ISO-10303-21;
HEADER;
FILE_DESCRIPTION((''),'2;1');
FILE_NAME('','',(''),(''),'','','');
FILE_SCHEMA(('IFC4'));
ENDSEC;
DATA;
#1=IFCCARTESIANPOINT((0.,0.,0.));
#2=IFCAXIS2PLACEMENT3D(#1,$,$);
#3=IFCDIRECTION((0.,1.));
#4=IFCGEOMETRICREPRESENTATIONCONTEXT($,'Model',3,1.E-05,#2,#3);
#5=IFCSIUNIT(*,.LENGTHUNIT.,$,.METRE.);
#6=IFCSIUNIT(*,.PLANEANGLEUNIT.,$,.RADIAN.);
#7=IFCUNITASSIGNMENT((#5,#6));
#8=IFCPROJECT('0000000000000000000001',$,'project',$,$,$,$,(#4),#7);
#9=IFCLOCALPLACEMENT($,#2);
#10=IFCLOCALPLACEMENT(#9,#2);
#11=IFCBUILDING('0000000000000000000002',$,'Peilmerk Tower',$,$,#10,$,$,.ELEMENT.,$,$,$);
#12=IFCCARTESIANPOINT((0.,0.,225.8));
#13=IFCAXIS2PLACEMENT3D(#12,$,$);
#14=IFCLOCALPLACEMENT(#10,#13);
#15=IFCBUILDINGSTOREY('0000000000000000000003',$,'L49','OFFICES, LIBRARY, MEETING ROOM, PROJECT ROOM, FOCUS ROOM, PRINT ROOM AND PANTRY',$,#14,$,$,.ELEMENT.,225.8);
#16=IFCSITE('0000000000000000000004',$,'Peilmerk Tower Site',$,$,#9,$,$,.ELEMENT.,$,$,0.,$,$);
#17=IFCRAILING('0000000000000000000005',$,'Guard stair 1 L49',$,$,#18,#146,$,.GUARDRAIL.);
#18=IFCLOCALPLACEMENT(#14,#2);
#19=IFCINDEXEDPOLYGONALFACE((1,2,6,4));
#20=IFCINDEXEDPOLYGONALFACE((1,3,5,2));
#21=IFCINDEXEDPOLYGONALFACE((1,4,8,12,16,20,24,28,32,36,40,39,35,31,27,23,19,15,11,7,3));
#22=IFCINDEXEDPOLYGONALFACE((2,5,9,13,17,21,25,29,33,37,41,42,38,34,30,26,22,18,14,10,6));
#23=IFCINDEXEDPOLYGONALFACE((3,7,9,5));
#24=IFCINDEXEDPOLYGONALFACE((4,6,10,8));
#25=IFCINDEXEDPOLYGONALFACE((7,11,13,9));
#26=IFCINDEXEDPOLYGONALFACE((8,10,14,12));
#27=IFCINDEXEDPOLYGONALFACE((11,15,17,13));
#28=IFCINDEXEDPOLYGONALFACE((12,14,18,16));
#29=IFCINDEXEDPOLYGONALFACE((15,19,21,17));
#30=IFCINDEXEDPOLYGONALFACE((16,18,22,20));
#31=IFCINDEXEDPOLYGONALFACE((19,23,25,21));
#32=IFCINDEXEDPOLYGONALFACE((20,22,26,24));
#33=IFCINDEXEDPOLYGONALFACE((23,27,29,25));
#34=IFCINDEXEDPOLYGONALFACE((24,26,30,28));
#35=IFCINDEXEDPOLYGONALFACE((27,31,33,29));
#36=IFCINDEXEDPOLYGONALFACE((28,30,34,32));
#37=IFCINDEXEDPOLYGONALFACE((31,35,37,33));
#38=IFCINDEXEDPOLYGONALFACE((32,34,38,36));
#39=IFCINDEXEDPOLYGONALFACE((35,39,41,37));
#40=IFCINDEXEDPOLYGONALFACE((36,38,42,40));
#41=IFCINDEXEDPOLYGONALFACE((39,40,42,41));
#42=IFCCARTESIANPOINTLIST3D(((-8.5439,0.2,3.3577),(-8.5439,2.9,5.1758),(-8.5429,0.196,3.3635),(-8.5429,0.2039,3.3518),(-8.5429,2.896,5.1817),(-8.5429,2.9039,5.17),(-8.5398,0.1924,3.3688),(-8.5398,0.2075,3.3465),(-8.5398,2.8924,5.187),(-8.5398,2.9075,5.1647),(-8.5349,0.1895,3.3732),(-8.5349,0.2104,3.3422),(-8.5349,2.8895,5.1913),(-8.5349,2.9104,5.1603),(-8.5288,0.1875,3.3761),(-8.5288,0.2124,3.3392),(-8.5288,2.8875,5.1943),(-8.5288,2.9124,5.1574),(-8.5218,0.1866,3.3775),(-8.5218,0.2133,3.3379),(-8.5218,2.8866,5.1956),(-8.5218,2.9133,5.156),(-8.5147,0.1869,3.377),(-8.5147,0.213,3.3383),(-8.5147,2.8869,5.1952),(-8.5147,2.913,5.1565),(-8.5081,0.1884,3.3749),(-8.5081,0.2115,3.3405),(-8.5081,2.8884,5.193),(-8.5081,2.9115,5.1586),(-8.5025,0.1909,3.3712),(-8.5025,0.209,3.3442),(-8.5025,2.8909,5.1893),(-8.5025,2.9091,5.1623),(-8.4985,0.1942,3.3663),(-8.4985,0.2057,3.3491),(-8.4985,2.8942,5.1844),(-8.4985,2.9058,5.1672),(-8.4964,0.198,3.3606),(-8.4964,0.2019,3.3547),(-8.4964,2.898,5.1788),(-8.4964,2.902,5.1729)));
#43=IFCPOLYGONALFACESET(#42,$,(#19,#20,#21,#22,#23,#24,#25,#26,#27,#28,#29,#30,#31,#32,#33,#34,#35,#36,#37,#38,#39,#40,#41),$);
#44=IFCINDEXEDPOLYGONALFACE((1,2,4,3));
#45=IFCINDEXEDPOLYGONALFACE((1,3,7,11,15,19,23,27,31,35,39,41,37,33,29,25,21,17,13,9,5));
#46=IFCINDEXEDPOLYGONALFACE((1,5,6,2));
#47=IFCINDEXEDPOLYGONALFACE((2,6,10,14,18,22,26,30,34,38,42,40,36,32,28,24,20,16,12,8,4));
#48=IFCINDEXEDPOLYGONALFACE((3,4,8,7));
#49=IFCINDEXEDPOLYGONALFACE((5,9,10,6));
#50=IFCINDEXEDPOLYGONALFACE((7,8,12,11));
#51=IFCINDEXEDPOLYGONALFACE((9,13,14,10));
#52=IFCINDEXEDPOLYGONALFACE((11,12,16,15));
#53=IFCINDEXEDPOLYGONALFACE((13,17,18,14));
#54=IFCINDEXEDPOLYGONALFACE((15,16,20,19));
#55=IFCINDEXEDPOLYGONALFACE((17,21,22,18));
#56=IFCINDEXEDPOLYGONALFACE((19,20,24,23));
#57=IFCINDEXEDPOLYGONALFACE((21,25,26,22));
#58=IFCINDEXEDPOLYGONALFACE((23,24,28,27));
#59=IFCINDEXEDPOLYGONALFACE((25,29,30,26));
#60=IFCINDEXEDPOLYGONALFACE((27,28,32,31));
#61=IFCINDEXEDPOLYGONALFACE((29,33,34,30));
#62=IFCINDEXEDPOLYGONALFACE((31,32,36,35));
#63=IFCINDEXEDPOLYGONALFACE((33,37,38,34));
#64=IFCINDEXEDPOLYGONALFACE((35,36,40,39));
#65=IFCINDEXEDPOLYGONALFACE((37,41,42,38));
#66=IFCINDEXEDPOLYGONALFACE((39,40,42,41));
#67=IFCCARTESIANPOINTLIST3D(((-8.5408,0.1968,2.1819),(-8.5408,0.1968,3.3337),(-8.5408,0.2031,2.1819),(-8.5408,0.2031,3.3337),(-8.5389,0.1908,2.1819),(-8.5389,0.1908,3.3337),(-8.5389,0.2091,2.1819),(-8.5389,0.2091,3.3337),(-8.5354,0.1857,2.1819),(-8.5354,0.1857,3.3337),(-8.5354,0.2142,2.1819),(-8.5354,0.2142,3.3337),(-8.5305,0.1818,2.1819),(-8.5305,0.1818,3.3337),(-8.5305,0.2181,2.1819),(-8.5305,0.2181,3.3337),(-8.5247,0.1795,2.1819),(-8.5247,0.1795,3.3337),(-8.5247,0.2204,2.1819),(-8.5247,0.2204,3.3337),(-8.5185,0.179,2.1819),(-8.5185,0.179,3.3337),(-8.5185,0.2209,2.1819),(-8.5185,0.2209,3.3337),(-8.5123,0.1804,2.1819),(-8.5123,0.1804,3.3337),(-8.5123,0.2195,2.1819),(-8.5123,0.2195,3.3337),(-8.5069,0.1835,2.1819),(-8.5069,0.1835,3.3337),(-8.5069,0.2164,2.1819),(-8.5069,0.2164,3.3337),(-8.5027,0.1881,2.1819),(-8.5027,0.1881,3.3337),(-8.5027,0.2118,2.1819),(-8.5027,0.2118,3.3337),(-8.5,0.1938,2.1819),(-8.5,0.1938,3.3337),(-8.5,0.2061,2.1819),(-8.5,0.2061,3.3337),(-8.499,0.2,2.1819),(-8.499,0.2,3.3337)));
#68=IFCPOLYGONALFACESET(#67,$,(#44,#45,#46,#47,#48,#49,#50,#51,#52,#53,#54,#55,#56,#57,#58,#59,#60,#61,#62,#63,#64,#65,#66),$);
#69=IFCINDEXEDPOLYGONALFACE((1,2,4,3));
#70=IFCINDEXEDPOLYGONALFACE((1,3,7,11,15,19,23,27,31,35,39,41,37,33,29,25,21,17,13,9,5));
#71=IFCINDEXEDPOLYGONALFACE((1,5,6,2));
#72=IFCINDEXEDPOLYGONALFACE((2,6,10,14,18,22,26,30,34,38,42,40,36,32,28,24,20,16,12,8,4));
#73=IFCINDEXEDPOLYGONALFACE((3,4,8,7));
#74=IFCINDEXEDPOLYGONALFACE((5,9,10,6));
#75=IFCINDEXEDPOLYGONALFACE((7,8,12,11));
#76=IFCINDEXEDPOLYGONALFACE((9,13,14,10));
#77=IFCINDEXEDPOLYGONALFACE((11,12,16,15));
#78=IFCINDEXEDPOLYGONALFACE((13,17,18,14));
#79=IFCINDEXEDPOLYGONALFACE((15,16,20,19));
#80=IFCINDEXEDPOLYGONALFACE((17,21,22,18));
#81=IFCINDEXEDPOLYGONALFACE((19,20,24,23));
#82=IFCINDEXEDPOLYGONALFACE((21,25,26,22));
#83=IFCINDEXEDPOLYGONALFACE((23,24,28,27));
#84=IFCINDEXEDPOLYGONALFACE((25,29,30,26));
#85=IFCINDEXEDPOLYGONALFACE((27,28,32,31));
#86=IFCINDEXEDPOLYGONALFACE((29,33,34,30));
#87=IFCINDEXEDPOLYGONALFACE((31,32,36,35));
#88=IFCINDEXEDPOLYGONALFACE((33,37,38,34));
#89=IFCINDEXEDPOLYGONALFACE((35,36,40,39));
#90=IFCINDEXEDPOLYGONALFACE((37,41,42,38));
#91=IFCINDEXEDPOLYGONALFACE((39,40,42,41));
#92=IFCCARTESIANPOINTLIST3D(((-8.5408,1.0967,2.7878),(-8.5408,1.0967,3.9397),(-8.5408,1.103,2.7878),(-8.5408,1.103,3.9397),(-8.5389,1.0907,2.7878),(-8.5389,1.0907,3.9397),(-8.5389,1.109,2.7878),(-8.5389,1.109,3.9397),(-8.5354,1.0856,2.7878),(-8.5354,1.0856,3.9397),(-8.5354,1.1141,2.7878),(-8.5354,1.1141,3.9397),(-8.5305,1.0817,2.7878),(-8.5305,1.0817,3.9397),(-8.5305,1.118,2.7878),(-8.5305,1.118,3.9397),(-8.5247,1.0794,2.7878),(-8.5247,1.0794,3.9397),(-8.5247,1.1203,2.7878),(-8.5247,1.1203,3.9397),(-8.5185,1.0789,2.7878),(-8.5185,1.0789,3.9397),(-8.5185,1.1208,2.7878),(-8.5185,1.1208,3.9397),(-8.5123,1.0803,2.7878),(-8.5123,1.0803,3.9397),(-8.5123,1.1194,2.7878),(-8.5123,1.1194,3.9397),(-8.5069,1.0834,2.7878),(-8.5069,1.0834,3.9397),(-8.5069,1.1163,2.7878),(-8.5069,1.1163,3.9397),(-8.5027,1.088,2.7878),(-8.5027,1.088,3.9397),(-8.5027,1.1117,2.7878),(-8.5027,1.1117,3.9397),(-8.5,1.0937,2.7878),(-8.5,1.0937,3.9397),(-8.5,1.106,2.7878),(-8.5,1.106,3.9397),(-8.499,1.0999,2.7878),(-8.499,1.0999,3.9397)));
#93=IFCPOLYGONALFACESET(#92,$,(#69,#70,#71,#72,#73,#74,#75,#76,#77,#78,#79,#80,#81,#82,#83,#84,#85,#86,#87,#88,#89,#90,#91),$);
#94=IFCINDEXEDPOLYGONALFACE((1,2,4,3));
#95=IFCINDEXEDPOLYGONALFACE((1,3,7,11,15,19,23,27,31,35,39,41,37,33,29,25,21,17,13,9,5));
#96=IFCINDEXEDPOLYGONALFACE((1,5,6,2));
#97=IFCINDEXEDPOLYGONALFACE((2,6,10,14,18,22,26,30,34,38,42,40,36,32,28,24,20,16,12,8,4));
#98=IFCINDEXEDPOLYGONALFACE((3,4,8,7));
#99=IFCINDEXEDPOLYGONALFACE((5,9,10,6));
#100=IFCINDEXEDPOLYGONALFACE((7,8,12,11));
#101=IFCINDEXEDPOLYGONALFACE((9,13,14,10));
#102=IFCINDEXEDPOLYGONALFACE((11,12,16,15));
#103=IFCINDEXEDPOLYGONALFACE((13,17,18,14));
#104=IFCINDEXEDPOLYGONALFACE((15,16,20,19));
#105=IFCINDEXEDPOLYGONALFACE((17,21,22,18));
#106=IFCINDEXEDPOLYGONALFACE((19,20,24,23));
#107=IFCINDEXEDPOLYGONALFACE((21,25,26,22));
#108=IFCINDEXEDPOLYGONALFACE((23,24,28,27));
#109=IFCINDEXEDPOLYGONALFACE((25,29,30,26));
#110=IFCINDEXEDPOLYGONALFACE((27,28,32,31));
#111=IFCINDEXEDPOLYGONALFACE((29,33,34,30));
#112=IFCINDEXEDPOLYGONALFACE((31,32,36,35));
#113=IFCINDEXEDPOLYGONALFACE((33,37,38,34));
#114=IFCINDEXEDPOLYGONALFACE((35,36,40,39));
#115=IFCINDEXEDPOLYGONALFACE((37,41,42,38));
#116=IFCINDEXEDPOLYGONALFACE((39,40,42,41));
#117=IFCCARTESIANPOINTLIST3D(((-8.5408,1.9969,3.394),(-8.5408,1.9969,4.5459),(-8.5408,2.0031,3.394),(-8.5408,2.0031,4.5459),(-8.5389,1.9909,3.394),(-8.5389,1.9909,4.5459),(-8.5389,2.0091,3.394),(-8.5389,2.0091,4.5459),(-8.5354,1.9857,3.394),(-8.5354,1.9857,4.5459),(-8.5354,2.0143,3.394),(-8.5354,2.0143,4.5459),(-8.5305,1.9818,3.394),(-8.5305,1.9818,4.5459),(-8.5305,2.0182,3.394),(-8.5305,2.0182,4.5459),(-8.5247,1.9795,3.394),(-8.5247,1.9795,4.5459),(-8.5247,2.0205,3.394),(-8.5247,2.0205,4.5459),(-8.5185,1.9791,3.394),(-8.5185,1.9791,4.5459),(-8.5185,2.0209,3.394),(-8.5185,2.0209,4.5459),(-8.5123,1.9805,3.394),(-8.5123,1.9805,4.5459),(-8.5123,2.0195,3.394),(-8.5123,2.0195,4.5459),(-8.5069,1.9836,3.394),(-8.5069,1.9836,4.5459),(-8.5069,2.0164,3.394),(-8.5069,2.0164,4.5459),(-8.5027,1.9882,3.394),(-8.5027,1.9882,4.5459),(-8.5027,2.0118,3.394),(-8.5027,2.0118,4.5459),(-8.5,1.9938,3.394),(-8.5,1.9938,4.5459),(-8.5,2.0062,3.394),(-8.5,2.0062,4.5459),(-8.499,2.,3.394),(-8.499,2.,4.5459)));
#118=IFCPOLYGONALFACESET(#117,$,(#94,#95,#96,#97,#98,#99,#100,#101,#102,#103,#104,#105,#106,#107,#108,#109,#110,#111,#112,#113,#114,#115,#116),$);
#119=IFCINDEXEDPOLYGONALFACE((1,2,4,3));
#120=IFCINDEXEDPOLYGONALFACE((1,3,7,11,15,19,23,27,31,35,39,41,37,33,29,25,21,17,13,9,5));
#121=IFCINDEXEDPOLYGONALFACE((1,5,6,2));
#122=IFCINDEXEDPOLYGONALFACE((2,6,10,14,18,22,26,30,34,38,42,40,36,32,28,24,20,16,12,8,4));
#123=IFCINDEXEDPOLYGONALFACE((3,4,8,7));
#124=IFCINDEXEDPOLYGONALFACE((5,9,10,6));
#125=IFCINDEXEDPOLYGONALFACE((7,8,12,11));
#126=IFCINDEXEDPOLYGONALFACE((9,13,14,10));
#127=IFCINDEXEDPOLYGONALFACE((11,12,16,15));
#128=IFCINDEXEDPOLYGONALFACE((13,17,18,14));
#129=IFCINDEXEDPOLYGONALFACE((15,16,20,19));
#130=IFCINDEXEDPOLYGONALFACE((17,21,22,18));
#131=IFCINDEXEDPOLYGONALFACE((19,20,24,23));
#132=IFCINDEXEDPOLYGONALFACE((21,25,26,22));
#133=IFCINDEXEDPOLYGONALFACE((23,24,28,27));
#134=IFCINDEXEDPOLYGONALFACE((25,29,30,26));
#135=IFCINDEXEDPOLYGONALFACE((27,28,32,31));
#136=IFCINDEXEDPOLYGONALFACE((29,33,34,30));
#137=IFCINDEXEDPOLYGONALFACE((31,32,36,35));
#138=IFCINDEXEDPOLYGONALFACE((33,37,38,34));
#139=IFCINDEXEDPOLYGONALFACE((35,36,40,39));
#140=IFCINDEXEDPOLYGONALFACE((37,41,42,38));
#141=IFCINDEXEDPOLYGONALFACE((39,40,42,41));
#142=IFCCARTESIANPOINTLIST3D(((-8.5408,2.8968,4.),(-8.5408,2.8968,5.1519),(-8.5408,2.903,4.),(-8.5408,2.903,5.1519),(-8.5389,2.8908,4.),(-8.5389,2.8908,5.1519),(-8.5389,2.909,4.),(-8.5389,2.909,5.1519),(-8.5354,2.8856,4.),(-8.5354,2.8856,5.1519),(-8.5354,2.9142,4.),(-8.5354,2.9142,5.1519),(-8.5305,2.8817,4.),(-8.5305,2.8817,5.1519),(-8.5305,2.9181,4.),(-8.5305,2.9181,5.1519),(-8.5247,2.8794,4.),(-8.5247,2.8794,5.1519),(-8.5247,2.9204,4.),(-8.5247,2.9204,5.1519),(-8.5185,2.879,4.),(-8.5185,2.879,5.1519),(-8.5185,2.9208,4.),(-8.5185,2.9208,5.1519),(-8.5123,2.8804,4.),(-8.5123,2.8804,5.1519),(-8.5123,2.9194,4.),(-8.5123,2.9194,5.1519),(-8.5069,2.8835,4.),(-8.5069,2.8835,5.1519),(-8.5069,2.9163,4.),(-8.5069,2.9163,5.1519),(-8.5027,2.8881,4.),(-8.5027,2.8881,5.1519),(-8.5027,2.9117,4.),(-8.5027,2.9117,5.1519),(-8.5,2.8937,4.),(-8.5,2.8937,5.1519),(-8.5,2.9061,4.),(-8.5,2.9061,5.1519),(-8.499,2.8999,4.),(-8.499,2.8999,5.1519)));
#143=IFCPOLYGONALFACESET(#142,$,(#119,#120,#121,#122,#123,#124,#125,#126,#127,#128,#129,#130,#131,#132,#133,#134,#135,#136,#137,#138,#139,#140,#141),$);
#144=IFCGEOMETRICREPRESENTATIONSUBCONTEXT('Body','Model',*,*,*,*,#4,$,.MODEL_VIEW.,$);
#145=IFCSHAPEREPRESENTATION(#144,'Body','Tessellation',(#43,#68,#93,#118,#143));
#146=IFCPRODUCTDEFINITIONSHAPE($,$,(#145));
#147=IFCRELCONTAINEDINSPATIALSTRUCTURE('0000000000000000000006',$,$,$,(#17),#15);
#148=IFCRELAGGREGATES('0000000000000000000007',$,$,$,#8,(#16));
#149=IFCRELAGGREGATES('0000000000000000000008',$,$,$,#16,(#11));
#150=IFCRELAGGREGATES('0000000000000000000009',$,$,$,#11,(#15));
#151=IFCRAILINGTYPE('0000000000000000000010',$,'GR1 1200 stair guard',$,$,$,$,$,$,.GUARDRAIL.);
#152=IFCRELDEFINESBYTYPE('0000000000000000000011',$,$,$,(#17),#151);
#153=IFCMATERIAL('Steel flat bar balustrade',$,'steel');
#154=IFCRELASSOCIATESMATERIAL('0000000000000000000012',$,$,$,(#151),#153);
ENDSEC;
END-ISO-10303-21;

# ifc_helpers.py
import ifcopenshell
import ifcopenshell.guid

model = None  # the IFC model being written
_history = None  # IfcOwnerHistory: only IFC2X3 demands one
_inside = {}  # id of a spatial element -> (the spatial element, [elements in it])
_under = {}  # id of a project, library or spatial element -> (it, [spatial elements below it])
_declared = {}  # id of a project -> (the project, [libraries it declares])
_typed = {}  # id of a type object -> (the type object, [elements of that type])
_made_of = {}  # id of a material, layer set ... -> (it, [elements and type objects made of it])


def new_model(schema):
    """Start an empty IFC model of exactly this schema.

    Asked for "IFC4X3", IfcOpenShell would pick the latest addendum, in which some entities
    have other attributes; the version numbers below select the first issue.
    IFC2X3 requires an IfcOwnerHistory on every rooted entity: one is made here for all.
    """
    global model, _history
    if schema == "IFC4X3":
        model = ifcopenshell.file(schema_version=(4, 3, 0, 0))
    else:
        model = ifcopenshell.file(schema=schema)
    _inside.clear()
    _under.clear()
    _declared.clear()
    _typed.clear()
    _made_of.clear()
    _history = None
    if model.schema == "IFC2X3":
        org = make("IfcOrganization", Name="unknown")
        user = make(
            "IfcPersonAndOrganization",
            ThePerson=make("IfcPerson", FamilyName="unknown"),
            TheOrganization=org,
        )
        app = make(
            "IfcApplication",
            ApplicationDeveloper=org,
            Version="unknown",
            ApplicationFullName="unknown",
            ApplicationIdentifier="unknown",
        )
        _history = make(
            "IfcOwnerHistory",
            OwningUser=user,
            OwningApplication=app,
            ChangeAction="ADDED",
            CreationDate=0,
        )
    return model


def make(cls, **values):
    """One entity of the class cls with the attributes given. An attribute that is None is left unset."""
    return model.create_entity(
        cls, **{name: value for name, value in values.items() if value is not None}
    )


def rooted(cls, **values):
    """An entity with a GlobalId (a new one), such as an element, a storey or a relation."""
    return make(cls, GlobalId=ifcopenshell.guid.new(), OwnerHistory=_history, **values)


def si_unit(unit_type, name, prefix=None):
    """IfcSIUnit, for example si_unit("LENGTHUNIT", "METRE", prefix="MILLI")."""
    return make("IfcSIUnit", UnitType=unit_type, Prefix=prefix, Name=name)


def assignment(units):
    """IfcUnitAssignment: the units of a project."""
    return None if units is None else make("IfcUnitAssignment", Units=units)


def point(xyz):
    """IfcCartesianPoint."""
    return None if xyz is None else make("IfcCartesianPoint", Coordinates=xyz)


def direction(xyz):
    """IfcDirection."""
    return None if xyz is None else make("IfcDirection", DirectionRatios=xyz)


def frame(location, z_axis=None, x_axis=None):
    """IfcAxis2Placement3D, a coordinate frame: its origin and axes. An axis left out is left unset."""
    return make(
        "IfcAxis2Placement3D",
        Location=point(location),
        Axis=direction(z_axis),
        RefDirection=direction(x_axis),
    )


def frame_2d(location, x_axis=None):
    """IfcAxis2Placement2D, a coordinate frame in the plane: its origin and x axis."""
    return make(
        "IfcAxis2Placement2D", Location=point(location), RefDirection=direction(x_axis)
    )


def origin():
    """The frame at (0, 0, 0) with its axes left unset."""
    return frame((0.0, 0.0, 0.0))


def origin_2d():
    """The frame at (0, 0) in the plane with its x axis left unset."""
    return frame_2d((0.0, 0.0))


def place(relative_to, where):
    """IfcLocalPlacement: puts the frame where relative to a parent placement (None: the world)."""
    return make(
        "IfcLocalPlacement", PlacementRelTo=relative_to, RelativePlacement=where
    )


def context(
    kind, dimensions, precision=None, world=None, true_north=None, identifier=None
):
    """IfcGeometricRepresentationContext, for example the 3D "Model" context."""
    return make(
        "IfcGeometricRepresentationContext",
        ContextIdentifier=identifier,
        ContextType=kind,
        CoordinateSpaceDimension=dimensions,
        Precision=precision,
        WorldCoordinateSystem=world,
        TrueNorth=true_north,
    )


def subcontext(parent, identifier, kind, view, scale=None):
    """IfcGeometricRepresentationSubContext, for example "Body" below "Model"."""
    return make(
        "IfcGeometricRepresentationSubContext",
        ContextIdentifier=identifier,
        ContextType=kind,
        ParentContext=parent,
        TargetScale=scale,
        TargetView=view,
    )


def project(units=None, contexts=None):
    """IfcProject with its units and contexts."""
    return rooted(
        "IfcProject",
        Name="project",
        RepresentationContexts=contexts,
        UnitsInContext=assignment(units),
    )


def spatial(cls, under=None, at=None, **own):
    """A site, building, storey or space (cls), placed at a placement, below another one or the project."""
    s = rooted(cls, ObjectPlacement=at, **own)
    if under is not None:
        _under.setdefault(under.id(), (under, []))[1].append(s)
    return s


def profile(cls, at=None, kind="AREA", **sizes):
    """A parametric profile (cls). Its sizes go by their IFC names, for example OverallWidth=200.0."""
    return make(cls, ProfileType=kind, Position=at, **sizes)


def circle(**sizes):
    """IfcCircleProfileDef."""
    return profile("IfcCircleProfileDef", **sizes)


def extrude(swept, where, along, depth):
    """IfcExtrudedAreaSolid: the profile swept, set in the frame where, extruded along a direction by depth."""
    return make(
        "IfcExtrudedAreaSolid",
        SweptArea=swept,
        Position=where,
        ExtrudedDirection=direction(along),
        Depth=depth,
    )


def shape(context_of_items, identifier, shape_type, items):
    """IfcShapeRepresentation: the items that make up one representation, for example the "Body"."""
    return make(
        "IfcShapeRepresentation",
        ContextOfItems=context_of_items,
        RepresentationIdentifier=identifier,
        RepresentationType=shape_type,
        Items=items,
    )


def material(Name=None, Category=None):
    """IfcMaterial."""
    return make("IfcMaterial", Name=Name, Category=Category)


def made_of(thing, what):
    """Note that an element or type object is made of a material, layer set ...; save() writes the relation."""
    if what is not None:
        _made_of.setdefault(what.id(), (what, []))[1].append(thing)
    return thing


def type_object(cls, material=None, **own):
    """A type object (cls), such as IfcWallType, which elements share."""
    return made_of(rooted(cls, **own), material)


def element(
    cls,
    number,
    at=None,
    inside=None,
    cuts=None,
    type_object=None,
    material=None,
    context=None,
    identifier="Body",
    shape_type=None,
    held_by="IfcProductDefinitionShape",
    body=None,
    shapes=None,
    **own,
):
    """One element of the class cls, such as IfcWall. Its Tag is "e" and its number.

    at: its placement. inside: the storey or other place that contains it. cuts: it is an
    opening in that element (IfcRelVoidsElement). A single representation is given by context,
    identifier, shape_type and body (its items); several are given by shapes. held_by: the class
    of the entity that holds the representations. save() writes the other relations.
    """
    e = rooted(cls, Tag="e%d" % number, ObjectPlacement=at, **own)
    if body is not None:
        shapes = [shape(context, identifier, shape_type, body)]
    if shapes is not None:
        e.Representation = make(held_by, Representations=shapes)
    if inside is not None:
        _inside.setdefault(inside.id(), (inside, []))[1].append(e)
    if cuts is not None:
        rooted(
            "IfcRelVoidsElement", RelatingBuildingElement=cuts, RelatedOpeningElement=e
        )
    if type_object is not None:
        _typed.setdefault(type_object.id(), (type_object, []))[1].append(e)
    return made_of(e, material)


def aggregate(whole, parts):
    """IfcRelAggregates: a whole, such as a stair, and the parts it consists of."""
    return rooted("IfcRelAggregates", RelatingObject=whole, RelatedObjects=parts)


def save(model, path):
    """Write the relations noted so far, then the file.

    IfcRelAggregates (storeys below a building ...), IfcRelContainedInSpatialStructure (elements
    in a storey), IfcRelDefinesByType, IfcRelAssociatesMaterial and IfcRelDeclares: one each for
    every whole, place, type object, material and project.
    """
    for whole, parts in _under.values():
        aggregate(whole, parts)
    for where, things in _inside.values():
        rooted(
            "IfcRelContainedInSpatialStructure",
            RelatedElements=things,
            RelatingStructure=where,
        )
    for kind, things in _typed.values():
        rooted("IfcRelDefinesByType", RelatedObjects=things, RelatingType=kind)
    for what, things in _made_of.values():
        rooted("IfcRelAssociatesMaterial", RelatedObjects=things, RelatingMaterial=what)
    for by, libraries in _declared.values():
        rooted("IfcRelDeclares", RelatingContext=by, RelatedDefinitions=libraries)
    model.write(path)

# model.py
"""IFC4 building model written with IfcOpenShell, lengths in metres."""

from ifc_helpers import new_model, si_unit, direction, frame, origin, origin_2d, place, context, subcontext, project, spatial, circle, extrude, material, type_object, element, save


model = new_model("IFC4")

# Units and contexts
model_context = context("Model", 3, precision=1e-05, world=origin(), true_north=direction((0.0, 1.0)))
body_context = subcontext(model_context, "Body", "Model", "MODEL_VIEW")
ifc_project = project(units=[si_unit("LENGTHUNIT", "METRE"), si_unit("PLANEANGLEUNIT", "RADIAN")], contexts=[model_context])

# Site, building, storey
site_placement = place(None, origin())
site = spatial("IfcSite", under=ifc_project, at=site_placement, Name="Peilmerk Tower Site", CompositionType="ELEMENT", RefElevation=0.0)
building_placement = place(site_placement, origin())
building = spatial("IfcBuilding", under=site, at=building_placement, Name="Peilmerk Tower", CompositionType="ELEMENT")
storey_placement = place(building_placement, frame((0.0, 0.0, 225.8)))
storey = spatial("IfcBuildingStorey", under=building, at=storey_placement, Name="L49", Description="OFFICES, LIBRARY, MEETING ROOM, PROJECT ROOM, FOCUS ROOM, PRINT ROOM AND PANTRY", CompositionType="ELEMENT", Elevation=225.8)

# Railing
ifc_material_1 = material(Name="Steel flat bar balustrade", Category="steel")
railing_type_1 = type_object("IfcRailingType", Name="GR1 1200 stair guard", PredefinedType="GUARDRAIL", material=ifc_material_1)
railing_1_placement = place(storey_placement, frame((-8.52, 0.2, 2.1819)))
element("IfcRailing", 1, at=railing_1_placement, inside=storey, type_object=railing_type_1, Name="Guard stair 1 L49", PredefinedType="GUARDRAIL", context=body_context, shape_type="SweptSolid", body=[
    extrude(circle(Radius=0.0239, at=origin_2d()), frame((0.0, 0.0, 1.1758), z_axis=(0.0, 0.829468, 0.558554), x_axis=(-1.0, 0.0, 0.0)), (0.0, 0.0, 1.0), 3.2551),
    extrude(circle(Radius=0.021, at=origin_2d()), origin(), (0.0, 0.0, 1.0), 1.1519),
    extrude(circle(Radius=0.021, at=origin_2d()), frame((0.0, 0.8999, 0.606)), (0.0, 0.0, 1.0), 1.1519),
    extrude(circle(Radius=0.021, at=origin_2d()), frame((0.0, 1.8, 1.2122)), (0.0, 0.0, 1.0), 1.1519),
    extrude(circle(Radius=0.021, at=origin_2d()), frame((0.0, 2.7, 1.8181)), (0.0, 0.0, 1.0), 1.1519),
])

save(model, "model.ifc")
